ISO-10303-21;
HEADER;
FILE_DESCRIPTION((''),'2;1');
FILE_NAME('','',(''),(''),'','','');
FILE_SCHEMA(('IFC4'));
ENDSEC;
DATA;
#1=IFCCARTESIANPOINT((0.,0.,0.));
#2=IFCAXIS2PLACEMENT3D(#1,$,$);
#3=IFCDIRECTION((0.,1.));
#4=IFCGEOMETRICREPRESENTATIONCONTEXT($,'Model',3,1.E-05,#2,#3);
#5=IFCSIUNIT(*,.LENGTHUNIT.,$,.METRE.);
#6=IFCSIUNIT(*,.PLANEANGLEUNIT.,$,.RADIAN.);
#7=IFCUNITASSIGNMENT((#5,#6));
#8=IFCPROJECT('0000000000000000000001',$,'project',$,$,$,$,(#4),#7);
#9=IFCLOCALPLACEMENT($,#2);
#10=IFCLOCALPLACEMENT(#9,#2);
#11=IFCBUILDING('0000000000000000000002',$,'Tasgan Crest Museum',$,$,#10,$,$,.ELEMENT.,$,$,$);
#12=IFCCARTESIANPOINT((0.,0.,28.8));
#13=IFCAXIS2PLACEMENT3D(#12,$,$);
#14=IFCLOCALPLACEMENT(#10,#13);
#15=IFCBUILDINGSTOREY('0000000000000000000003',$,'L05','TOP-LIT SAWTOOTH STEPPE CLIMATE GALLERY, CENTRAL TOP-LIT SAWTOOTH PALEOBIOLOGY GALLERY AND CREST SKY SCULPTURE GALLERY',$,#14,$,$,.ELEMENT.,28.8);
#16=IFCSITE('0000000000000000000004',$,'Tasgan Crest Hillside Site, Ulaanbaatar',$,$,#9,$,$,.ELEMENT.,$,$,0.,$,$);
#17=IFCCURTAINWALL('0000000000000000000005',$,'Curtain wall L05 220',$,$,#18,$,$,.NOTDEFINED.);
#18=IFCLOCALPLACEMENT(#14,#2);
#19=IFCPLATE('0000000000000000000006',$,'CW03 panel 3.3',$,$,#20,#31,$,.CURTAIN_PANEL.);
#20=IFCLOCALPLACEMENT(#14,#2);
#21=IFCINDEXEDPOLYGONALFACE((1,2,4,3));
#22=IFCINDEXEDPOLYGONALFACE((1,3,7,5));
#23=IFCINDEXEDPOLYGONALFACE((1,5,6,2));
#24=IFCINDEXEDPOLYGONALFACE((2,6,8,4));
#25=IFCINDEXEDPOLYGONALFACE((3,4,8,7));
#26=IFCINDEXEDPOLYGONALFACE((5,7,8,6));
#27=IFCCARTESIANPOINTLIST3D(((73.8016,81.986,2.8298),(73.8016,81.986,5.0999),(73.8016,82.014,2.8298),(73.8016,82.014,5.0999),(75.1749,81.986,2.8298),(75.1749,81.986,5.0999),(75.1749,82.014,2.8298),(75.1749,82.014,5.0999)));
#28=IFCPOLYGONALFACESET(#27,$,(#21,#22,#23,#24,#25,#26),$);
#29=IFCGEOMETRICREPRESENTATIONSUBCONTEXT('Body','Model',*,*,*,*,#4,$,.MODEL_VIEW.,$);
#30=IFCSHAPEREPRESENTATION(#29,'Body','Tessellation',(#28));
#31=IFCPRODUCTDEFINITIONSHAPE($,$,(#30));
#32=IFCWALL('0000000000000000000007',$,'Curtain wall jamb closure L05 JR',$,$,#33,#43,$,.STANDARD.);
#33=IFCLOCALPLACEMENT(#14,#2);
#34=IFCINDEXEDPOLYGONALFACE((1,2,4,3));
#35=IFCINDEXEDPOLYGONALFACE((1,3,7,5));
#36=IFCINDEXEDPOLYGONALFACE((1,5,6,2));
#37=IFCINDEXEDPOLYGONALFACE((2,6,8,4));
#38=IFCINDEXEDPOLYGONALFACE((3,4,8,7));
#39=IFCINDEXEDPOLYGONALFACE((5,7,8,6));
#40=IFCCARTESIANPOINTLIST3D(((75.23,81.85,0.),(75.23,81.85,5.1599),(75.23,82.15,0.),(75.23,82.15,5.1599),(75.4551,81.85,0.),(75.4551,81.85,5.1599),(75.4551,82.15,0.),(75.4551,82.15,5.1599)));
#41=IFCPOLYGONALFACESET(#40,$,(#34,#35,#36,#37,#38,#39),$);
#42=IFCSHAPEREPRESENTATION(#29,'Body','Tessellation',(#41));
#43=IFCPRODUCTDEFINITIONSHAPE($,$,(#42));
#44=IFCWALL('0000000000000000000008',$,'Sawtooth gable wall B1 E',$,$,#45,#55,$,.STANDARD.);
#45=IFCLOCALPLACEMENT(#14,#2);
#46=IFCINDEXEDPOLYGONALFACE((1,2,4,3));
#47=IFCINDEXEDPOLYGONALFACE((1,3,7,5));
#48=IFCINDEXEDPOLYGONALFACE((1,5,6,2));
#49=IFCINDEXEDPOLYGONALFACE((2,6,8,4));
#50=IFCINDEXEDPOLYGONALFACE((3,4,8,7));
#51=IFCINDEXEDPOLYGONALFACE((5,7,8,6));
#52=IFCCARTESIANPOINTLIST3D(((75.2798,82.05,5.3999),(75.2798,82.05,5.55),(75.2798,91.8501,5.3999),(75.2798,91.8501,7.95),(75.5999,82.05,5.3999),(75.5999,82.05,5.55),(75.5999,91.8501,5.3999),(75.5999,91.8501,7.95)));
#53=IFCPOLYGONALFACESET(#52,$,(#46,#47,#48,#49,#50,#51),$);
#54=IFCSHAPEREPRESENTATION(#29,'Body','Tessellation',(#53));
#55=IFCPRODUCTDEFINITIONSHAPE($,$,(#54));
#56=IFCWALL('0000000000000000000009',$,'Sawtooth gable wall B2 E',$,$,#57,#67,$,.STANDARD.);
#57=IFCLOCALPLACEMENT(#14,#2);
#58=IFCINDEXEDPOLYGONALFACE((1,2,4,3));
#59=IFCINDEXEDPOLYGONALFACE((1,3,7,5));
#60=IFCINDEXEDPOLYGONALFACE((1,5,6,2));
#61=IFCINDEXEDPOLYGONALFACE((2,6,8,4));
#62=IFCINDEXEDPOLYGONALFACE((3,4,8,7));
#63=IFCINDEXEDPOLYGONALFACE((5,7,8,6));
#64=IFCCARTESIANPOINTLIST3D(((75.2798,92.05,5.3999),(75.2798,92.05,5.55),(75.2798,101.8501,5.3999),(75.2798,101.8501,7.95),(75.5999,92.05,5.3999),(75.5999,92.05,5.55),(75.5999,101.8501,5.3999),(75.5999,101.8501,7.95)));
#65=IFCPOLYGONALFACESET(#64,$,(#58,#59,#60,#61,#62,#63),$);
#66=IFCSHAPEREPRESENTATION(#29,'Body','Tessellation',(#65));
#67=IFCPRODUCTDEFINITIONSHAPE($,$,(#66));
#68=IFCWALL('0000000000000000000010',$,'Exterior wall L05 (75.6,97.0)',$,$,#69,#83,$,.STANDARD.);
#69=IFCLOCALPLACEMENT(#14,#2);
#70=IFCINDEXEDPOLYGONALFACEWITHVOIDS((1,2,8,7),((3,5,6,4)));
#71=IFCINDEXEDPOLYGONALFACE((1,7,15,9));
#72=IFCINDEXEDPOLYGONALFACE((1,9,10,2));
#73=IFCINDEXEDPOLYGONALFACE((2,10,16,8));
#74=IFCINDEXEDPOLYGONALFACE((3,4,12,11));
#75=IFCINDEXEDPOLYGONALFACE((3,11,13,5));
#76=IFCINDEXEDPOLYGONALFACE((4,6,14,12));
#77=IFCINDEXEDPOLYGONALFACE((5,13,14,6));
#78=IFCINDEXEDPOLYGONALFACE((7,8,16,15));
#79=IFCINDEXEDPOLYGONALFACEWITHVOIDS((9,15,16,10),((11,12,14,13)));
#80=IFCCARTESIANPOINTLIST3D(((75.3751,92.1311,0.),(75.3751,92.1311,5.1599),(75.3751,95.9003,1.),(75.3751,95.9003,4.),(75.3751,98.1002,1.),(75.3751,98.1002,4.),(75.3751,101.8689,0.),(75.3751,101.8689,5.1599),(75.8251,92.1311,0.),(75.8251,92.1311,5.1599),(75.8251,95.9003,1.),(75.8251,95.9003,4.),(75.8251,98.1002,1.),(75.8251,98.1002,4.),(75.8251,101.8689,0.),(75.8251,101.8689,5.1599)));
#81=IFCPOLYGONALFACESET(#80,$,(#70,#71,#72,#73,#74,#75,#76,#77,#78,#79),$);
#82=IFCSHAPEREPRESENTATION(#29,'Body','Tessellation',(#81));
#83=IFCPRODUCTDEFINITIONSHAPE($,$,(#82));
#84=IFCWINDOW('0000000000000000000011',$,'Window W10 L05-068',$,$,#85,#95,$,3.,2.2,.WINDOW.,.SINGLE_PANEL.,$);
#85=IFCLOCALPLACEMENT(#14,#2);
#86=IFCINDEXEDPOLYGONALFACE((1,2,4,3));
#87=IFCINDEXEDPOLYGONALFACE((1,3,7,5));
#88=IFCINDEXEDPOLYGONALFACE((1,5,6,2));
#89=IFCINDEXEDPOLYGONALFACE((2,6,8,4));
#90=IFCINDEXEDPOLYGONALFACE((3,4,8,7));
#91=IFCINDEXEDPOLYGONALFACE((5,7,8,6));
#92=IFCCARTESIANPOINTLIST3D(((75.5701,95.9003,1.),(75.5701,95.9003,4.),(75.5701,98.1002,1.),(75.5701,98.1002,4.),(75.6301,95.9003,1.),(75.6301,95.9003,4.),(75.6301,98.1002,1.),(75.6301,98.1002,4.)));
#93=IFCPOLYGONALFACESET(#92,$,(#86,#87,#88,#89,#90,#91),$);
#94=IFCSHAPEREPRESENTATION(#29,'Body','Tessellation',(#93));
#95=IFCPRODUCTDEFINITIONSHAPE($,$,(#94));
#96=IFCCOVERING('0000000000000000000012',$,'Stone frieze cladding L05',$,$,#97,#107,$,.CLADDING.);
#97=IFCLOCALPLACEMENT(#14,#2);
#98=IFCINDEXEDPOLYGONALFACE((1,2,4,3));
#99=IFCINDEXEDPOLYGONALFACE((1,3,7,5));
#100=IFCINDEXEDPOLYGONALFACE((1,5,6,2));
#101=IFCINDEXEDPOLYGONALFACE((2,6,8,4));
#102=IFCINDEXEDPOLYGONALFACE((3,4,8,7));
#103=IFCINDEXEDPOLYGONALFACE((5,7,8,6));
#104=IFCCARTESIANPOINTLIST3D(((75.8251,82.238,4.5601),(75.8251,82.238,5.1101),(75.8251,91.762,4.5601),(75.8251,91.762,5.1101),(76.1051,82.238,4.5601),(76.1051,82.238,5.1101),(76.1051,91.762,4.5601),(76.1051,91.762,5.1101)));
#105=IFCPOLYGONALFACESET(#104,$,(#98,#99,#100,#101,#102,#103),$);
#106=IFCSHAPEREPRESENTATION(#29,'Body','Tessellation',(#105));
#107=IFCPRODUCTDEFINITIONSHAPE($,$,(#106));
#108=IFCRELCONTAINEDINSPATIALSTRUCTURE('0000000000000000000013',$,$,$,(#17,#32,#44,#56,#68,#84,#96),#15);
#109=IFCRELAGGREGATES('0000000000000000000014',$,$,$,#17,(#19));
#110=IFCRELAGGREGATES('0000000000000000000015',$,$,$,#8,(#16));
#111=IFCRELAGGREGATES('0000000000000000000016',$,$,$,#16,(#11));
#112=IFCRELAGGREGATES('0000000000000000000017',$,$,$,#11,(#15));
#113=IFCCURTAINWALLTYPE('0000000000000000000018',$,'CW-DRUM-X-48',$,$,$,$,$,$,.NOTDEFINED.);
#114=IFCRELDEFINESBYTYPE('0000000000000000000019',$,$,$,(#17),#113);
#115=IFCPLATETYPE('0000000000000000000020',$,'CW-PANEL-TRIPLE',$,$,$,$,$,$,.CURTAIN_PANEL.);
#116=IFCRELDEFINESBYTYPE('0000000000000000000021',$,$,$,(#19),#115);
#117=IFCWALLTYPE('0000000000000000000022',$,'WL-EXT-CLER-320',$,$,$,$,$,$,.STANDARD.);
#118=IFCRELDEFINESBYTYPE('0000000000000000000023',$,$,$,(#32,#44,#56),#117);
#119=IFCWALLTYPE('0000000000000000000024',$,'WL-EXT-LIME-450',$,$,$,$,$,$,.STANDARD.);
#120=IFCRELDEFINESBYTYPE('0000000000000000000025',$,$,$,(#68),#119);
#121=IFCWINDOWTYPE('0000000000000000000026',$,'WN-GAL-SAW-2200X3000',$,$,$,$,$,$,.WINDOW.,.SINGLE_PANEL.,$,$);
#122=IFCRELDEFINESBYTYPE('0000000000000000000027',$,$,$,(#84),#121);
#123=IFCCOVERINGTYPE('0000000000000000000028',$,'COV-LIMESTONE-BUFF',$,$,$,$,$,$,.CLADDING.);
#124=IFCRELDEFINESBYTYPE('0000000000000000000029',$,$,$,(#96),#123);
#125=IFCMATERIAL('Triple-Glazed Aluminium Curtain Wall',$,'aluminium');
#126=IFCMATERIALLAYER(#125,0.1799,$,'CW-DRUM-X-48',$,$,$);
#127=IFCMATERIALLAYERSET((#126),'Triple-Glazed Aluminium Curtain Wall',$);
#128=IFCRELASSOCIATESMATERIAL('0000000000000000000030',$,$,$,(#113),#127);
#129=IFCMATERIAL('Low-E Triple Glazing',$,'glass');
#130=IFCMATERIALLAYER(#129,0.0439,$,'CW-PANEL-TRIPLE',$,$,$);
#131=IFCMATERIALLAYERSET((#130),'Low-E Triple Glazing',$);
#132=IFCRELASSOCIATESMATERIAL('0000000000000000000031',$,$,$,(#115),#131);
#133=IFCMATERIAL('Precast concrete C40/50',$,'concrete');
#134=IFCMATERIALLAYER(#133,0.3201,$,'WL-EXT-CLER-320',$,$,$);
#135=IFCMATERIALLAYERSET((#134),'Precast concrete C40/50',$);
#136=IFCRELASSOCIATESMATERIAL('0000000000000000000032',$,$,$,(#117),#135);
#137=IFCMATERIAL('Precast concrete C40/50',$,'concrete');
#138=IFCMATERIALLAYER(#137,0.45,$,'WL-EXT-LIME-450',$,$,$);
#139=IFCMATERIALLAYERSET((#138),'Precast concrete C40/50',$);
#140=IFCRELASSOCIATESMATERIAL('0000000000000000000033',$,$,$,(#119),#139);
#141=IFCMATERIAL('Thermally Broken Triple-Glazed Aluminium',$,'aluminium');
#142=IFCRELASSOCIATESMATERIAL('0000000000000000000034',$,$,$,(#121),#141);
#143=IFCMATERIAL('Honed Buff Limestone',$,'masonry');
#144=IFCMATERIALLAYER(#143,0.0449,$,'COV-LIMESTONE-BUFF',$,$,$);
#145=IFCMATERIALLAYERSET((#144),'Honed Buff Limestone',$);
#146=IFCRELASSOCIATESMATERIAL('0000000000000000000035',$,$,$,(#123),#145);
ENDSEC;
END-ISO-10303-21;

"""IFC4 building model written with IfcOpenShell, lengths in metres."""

from ifc_helpers import new_model, si_unit, direction, frame, frame_2d, origin, origin_2d, place, context, subcontext, project, spatial, polyline, rectangle, outline, extrude, material, layer, layer_set, type_object, element, fill, aggregate, save


model = new_model("IFC4")

# Units and contexts
model_context = context("Model", 3, precision=1e-05, world=origin(), true_north=direction((0.0, 1.0)))
body_context = subcontext(model_context, "Body", "Model", "MODEL_VIEW")
ifc_project = project(units=[si_unit("LENGTHUNIT", "METRE"), si_unit("PLANEANGLEUNIT", "RADIAN")], contexts=[model_context])

# Site, building, storey
site_placement = place(None, origin())
site = spatial("IfcSite", under=ifc_project, at=site_placement, Name="Tasgan Crest Hillside Site, Ulaanbaatar", CompositionType="ELEMENT", RefElevation=0.0)
building_placement = place(site_placement, origin())
building = spatial("IfcBuilding", under=site, at=building_placement, Name="Tasgan Crest Museum", CompositionType="ELEMENT")
storey_placement = place(building_placement, frame((0.0, 0.0, 28.8)))
storey = spatial("IfcBuildingStorey", under=building, at=storey_placement, Name="L05", Description="TOP-LIT SAWTOOTH STEPPE CLIMATE GALLERY, CENTRAL TOP-LIT SAWTOOTH PALEOBIOLOGY GALLERY AND CREST SKY SCULPTURE GALLERY", CompositionType="ELEMENT", Elevation=28.8)

# Curtain wall
ifc_material_1 = material(Name="Triple-Glazed Aluminium Curtain Wall", Category="aluminium")
ifc_layer_1 = layer(ifc_material_1, 0.1799, Name="CW-DRUM-X-48")
ifc_layer_set_1 = layer_set([ifc_layer_1], Name="Triple-Glazed Aluminium Curtain Wall")
curtain_wall_type = type_object("IfcCurtainWallType", Name="CW-DRUM-X-48", PredefinedType="NOTDEFINED", material=ifc_layer_set_1)
curtain_wall_placement = place(storey_placement, origin())
curtain_wall = element("IfcCurtainWall", 1, at=curtain_wall_placement, inside=storey, type_object=curtain_wall_type, Name="Curtain wall L05 220", PredefinedType="NOTDEFINED")

# Plate
ifc_material_2 = material(Name="Low-E Triple Glazing", Category="glass")
ifc_layer_2 = layer(ifc_material_2, 0.0439, Name="CW-PANEL-TRIPLE")
ifc_layer_set_2 = layer_set([ifc_layer_2], Name="Low-E Triple Glazing")
plate_type_1 = type_object("IfcPlateType", Name="CW-PANEL-TRIPLE", PredefinedType="CURTAIN_PANEL", material=ifc_layer_set_2)
plate_1_placement = place(storey_placement, frame((74.4883, 82.0, 2.8298), z_axis=(0.0, 0.0, 1.0), x_axis=(1.0, 0.0, 0.0)))
plate_1 = element("IfcPlate", 2, at=plate_1_placement, type_object=plate_type_1, Name="CW03 panel 3.3", PredefinedType="CURTAIN_PANEL", context=body_context, shape_type="SweptSolid", body=[
    extrude(rectangle(XDim=1.3733, YDim=0.0281, at=origin_2d()), origin(), (0.0, 0.0, 1.0), 2.27),
])
aggregate(curtain_wall, [plate_1])

# Walls
ifc_material_3 = material(Name="Precast concrete C40/50", Category="concrete")
ifc_layer_3 = layer(ifc_material_3, 0.3201, Name="WL-EXT-CLER-320")
ifc_layer_set_3 = layer_set([ifc_layer_3], Name="Precast concrete C40/50")
wall_type_1 = type_object("IfcWallType", Name="WL-EXT-CLER-320", PredefinedType="STANDARD", material=ifc_layer_set_3)
wall_1_placement = place(storey_placement, frame((75.23, 82.0, 0.0), z_axis=(0.0, 0.0, 1.0), x_axis=(1.0, 0.0, 0.0)))
element("IfcWall", 3, at=wall_1_placement, inside=storey, type_object=wall_type_1, Name="Curtain wall jamb closure L05 JR", PredefinedType="STANDARD", context=body_context, shape_type="SweptSolid", body=[
    extrude(rectangle(XDim=0.2251, YDim=0.3, at=frame_2d((0.1125, 0.0))), origin(), (0.0, 0.0, 1.0), 5.1599),
])
for number, where, z_axis, x_axis, name in (
    (4, (75.4399, 82.05, 5.3999), (0.0, 0.0, 1.0), (0.0, 1.0, 0.0), "Sawtooth gable wall B1 E"),
    (5, (75.4399, 92.05, 5.3999), (0.0, 0.0, 1.0), (0.0, 1.0, 0.0), "Sawtooth gable wall B2 E"),
):
    element("IfcWall", number, at=place(storey_placement, frame(where, z_axis=z_axis, x_axis=x_axis)), inside=storey, type_object=wall_type_1, Name=name, PredefinedType="STANDARD", context=body_context, shape_type="SweptSolid", body=[
        extrude(outline(polyline([(0.0, 0.0), (9.8, 0.0), (9.8, 2.55), (0.0, 0.1501), (0.0, 0.0)])), frame((0.0, 0.1602, 0.0), z_axis=(0.0, -1.0, 0.0), x_axis=(1.0, 0.0, 0.0)), (0.0, 0.0, 1.0), 0.3201),
    ])

# Shared definitions
ifc_material_4 = material(Name="Precast concrete C40/50", Category="concrete")
ifc_layer_4 = layer(ifc_material_4, 0.45, Name="WL-EXT-LIME-450")
ifc_layer_set_4 = layer_set([ifc_layer_4], Name="Precast concrete C40/50")
wall_type_2 = type_object("IfcWallType", Name="WL-EXT-LIME-450", PredefinedType="STANDARD", material=ifc_layer_set_4)

# Wall, opening, window
wall_2_placement = place(storey_placement, frame((75.6001, 92.1311, 0.0), z_axis=(0.0, 0.0, 1.0), x_axis=(0.0, 1.0, 0.0)))
wall_2 = element("IfcWall", 6, at=wall_2_placement, inside=storey, type_object=wall_type_2, Name="Exterior wall L05 (75.6,97.0)", PredefinedType="STANDARD", context=body_context, shape_type="SweptSolid", body=[
    extrude(rectangle(XDim=9.7378, YDim=0.45, at=frame_2d((4.8689, 0.0))), origin(), (0.0, 0.0, 1.0), 5.1599),
])
opening_1_placement = place(wall_2_placement, frame((3.769, 0.0, 1.0)))
opening_1 = element("IfcOpeningElement", 7, at=opening_1_placement, cuts=wall_2, PredefinedType="OPENING", context=body_context, shape_type="SweptSolid", body=[
    extrude(rectangle(XDim=2.2, YDim=3.0, at=frame_2d((1.1001, 1.5))), frame((0.0, 0.2349, 0.0), z_axis=(0.0, -1.0, 0.0), x_axis=(1.0, 0.0, 0.0)), (0.0, 0.0, 1.0), 0.47),
])
ifc_material_5 = material(Name="Thermally Broken Triple-Glazed Aluminium", Category="aluminium")
window_type = type_object("IfcWindowType", Name="WN-GAL-SAW-2200X3000", PartitioningType="SINGLE_PANEL", PredefinedType="WINDOW", material=ifc_material_5)
window_placement = place(opening_1_placement, origin())
window = element("IfcWindow", 8, at=window_placement, inside=storey, type_object=window_type, Name="Window W10 L05-068", OverallHeight=3.0, OverallWidth=2.2, PartitioningType="SINGLE_PANEL", PredefinedType="WINDOW", context=body_context, shape_type="SweptSolid", body=[
    extrude(rectangle(XDim=2.2, YDim=3.0, at=frame_2d((1.1001, 1.5))), frame((0.0, 0.03, 0.0), z_axis=(0.0, -1.0, 0.0), x_axis=(1.0, 0.0, 0.0)), (0.0, 0.0, 1.0), 0.0601),
])
fill(opening_1, window)

# Covering
ifc_material_6 = material(Name="Honed Buff Limestone", Category="masonry")
ifc_layer_5 = layer(ifc_material_6, 0.0449, Name="COV-LIMESTONE-BUFF")
ifc_layer_set_5 = layer_set([ifc_layer_5], Name="Honed Buff Limestone")
covering_type = type_object("IfcCoveringType", Name="COV-LIMESTONE-BUFF", PredefinedType="CLADDING", material=ifc_layer_set_5)
covering_placement = place(storey_placement, frame((75.9651, 87.0, 4.5601), z_axis=(0.0, 0.0, 1.0), x_axis=(0.0, 1.0, 0.0)))
element("IfcCovering", 9, at=covering_placement, inside=storey, type_object=covering_type, Name="Stone frieze cladding L05", PredefinedType="CLADDING", context=body_context, shape_type="SweptSolid", body=[
    extrude(rectangle(XDim=9.5239, YDim=0.28, at=origin_2d()), origin(), (0.0, 0.0, 1.0), 0.55),
])

save(model, "model.ifc")
